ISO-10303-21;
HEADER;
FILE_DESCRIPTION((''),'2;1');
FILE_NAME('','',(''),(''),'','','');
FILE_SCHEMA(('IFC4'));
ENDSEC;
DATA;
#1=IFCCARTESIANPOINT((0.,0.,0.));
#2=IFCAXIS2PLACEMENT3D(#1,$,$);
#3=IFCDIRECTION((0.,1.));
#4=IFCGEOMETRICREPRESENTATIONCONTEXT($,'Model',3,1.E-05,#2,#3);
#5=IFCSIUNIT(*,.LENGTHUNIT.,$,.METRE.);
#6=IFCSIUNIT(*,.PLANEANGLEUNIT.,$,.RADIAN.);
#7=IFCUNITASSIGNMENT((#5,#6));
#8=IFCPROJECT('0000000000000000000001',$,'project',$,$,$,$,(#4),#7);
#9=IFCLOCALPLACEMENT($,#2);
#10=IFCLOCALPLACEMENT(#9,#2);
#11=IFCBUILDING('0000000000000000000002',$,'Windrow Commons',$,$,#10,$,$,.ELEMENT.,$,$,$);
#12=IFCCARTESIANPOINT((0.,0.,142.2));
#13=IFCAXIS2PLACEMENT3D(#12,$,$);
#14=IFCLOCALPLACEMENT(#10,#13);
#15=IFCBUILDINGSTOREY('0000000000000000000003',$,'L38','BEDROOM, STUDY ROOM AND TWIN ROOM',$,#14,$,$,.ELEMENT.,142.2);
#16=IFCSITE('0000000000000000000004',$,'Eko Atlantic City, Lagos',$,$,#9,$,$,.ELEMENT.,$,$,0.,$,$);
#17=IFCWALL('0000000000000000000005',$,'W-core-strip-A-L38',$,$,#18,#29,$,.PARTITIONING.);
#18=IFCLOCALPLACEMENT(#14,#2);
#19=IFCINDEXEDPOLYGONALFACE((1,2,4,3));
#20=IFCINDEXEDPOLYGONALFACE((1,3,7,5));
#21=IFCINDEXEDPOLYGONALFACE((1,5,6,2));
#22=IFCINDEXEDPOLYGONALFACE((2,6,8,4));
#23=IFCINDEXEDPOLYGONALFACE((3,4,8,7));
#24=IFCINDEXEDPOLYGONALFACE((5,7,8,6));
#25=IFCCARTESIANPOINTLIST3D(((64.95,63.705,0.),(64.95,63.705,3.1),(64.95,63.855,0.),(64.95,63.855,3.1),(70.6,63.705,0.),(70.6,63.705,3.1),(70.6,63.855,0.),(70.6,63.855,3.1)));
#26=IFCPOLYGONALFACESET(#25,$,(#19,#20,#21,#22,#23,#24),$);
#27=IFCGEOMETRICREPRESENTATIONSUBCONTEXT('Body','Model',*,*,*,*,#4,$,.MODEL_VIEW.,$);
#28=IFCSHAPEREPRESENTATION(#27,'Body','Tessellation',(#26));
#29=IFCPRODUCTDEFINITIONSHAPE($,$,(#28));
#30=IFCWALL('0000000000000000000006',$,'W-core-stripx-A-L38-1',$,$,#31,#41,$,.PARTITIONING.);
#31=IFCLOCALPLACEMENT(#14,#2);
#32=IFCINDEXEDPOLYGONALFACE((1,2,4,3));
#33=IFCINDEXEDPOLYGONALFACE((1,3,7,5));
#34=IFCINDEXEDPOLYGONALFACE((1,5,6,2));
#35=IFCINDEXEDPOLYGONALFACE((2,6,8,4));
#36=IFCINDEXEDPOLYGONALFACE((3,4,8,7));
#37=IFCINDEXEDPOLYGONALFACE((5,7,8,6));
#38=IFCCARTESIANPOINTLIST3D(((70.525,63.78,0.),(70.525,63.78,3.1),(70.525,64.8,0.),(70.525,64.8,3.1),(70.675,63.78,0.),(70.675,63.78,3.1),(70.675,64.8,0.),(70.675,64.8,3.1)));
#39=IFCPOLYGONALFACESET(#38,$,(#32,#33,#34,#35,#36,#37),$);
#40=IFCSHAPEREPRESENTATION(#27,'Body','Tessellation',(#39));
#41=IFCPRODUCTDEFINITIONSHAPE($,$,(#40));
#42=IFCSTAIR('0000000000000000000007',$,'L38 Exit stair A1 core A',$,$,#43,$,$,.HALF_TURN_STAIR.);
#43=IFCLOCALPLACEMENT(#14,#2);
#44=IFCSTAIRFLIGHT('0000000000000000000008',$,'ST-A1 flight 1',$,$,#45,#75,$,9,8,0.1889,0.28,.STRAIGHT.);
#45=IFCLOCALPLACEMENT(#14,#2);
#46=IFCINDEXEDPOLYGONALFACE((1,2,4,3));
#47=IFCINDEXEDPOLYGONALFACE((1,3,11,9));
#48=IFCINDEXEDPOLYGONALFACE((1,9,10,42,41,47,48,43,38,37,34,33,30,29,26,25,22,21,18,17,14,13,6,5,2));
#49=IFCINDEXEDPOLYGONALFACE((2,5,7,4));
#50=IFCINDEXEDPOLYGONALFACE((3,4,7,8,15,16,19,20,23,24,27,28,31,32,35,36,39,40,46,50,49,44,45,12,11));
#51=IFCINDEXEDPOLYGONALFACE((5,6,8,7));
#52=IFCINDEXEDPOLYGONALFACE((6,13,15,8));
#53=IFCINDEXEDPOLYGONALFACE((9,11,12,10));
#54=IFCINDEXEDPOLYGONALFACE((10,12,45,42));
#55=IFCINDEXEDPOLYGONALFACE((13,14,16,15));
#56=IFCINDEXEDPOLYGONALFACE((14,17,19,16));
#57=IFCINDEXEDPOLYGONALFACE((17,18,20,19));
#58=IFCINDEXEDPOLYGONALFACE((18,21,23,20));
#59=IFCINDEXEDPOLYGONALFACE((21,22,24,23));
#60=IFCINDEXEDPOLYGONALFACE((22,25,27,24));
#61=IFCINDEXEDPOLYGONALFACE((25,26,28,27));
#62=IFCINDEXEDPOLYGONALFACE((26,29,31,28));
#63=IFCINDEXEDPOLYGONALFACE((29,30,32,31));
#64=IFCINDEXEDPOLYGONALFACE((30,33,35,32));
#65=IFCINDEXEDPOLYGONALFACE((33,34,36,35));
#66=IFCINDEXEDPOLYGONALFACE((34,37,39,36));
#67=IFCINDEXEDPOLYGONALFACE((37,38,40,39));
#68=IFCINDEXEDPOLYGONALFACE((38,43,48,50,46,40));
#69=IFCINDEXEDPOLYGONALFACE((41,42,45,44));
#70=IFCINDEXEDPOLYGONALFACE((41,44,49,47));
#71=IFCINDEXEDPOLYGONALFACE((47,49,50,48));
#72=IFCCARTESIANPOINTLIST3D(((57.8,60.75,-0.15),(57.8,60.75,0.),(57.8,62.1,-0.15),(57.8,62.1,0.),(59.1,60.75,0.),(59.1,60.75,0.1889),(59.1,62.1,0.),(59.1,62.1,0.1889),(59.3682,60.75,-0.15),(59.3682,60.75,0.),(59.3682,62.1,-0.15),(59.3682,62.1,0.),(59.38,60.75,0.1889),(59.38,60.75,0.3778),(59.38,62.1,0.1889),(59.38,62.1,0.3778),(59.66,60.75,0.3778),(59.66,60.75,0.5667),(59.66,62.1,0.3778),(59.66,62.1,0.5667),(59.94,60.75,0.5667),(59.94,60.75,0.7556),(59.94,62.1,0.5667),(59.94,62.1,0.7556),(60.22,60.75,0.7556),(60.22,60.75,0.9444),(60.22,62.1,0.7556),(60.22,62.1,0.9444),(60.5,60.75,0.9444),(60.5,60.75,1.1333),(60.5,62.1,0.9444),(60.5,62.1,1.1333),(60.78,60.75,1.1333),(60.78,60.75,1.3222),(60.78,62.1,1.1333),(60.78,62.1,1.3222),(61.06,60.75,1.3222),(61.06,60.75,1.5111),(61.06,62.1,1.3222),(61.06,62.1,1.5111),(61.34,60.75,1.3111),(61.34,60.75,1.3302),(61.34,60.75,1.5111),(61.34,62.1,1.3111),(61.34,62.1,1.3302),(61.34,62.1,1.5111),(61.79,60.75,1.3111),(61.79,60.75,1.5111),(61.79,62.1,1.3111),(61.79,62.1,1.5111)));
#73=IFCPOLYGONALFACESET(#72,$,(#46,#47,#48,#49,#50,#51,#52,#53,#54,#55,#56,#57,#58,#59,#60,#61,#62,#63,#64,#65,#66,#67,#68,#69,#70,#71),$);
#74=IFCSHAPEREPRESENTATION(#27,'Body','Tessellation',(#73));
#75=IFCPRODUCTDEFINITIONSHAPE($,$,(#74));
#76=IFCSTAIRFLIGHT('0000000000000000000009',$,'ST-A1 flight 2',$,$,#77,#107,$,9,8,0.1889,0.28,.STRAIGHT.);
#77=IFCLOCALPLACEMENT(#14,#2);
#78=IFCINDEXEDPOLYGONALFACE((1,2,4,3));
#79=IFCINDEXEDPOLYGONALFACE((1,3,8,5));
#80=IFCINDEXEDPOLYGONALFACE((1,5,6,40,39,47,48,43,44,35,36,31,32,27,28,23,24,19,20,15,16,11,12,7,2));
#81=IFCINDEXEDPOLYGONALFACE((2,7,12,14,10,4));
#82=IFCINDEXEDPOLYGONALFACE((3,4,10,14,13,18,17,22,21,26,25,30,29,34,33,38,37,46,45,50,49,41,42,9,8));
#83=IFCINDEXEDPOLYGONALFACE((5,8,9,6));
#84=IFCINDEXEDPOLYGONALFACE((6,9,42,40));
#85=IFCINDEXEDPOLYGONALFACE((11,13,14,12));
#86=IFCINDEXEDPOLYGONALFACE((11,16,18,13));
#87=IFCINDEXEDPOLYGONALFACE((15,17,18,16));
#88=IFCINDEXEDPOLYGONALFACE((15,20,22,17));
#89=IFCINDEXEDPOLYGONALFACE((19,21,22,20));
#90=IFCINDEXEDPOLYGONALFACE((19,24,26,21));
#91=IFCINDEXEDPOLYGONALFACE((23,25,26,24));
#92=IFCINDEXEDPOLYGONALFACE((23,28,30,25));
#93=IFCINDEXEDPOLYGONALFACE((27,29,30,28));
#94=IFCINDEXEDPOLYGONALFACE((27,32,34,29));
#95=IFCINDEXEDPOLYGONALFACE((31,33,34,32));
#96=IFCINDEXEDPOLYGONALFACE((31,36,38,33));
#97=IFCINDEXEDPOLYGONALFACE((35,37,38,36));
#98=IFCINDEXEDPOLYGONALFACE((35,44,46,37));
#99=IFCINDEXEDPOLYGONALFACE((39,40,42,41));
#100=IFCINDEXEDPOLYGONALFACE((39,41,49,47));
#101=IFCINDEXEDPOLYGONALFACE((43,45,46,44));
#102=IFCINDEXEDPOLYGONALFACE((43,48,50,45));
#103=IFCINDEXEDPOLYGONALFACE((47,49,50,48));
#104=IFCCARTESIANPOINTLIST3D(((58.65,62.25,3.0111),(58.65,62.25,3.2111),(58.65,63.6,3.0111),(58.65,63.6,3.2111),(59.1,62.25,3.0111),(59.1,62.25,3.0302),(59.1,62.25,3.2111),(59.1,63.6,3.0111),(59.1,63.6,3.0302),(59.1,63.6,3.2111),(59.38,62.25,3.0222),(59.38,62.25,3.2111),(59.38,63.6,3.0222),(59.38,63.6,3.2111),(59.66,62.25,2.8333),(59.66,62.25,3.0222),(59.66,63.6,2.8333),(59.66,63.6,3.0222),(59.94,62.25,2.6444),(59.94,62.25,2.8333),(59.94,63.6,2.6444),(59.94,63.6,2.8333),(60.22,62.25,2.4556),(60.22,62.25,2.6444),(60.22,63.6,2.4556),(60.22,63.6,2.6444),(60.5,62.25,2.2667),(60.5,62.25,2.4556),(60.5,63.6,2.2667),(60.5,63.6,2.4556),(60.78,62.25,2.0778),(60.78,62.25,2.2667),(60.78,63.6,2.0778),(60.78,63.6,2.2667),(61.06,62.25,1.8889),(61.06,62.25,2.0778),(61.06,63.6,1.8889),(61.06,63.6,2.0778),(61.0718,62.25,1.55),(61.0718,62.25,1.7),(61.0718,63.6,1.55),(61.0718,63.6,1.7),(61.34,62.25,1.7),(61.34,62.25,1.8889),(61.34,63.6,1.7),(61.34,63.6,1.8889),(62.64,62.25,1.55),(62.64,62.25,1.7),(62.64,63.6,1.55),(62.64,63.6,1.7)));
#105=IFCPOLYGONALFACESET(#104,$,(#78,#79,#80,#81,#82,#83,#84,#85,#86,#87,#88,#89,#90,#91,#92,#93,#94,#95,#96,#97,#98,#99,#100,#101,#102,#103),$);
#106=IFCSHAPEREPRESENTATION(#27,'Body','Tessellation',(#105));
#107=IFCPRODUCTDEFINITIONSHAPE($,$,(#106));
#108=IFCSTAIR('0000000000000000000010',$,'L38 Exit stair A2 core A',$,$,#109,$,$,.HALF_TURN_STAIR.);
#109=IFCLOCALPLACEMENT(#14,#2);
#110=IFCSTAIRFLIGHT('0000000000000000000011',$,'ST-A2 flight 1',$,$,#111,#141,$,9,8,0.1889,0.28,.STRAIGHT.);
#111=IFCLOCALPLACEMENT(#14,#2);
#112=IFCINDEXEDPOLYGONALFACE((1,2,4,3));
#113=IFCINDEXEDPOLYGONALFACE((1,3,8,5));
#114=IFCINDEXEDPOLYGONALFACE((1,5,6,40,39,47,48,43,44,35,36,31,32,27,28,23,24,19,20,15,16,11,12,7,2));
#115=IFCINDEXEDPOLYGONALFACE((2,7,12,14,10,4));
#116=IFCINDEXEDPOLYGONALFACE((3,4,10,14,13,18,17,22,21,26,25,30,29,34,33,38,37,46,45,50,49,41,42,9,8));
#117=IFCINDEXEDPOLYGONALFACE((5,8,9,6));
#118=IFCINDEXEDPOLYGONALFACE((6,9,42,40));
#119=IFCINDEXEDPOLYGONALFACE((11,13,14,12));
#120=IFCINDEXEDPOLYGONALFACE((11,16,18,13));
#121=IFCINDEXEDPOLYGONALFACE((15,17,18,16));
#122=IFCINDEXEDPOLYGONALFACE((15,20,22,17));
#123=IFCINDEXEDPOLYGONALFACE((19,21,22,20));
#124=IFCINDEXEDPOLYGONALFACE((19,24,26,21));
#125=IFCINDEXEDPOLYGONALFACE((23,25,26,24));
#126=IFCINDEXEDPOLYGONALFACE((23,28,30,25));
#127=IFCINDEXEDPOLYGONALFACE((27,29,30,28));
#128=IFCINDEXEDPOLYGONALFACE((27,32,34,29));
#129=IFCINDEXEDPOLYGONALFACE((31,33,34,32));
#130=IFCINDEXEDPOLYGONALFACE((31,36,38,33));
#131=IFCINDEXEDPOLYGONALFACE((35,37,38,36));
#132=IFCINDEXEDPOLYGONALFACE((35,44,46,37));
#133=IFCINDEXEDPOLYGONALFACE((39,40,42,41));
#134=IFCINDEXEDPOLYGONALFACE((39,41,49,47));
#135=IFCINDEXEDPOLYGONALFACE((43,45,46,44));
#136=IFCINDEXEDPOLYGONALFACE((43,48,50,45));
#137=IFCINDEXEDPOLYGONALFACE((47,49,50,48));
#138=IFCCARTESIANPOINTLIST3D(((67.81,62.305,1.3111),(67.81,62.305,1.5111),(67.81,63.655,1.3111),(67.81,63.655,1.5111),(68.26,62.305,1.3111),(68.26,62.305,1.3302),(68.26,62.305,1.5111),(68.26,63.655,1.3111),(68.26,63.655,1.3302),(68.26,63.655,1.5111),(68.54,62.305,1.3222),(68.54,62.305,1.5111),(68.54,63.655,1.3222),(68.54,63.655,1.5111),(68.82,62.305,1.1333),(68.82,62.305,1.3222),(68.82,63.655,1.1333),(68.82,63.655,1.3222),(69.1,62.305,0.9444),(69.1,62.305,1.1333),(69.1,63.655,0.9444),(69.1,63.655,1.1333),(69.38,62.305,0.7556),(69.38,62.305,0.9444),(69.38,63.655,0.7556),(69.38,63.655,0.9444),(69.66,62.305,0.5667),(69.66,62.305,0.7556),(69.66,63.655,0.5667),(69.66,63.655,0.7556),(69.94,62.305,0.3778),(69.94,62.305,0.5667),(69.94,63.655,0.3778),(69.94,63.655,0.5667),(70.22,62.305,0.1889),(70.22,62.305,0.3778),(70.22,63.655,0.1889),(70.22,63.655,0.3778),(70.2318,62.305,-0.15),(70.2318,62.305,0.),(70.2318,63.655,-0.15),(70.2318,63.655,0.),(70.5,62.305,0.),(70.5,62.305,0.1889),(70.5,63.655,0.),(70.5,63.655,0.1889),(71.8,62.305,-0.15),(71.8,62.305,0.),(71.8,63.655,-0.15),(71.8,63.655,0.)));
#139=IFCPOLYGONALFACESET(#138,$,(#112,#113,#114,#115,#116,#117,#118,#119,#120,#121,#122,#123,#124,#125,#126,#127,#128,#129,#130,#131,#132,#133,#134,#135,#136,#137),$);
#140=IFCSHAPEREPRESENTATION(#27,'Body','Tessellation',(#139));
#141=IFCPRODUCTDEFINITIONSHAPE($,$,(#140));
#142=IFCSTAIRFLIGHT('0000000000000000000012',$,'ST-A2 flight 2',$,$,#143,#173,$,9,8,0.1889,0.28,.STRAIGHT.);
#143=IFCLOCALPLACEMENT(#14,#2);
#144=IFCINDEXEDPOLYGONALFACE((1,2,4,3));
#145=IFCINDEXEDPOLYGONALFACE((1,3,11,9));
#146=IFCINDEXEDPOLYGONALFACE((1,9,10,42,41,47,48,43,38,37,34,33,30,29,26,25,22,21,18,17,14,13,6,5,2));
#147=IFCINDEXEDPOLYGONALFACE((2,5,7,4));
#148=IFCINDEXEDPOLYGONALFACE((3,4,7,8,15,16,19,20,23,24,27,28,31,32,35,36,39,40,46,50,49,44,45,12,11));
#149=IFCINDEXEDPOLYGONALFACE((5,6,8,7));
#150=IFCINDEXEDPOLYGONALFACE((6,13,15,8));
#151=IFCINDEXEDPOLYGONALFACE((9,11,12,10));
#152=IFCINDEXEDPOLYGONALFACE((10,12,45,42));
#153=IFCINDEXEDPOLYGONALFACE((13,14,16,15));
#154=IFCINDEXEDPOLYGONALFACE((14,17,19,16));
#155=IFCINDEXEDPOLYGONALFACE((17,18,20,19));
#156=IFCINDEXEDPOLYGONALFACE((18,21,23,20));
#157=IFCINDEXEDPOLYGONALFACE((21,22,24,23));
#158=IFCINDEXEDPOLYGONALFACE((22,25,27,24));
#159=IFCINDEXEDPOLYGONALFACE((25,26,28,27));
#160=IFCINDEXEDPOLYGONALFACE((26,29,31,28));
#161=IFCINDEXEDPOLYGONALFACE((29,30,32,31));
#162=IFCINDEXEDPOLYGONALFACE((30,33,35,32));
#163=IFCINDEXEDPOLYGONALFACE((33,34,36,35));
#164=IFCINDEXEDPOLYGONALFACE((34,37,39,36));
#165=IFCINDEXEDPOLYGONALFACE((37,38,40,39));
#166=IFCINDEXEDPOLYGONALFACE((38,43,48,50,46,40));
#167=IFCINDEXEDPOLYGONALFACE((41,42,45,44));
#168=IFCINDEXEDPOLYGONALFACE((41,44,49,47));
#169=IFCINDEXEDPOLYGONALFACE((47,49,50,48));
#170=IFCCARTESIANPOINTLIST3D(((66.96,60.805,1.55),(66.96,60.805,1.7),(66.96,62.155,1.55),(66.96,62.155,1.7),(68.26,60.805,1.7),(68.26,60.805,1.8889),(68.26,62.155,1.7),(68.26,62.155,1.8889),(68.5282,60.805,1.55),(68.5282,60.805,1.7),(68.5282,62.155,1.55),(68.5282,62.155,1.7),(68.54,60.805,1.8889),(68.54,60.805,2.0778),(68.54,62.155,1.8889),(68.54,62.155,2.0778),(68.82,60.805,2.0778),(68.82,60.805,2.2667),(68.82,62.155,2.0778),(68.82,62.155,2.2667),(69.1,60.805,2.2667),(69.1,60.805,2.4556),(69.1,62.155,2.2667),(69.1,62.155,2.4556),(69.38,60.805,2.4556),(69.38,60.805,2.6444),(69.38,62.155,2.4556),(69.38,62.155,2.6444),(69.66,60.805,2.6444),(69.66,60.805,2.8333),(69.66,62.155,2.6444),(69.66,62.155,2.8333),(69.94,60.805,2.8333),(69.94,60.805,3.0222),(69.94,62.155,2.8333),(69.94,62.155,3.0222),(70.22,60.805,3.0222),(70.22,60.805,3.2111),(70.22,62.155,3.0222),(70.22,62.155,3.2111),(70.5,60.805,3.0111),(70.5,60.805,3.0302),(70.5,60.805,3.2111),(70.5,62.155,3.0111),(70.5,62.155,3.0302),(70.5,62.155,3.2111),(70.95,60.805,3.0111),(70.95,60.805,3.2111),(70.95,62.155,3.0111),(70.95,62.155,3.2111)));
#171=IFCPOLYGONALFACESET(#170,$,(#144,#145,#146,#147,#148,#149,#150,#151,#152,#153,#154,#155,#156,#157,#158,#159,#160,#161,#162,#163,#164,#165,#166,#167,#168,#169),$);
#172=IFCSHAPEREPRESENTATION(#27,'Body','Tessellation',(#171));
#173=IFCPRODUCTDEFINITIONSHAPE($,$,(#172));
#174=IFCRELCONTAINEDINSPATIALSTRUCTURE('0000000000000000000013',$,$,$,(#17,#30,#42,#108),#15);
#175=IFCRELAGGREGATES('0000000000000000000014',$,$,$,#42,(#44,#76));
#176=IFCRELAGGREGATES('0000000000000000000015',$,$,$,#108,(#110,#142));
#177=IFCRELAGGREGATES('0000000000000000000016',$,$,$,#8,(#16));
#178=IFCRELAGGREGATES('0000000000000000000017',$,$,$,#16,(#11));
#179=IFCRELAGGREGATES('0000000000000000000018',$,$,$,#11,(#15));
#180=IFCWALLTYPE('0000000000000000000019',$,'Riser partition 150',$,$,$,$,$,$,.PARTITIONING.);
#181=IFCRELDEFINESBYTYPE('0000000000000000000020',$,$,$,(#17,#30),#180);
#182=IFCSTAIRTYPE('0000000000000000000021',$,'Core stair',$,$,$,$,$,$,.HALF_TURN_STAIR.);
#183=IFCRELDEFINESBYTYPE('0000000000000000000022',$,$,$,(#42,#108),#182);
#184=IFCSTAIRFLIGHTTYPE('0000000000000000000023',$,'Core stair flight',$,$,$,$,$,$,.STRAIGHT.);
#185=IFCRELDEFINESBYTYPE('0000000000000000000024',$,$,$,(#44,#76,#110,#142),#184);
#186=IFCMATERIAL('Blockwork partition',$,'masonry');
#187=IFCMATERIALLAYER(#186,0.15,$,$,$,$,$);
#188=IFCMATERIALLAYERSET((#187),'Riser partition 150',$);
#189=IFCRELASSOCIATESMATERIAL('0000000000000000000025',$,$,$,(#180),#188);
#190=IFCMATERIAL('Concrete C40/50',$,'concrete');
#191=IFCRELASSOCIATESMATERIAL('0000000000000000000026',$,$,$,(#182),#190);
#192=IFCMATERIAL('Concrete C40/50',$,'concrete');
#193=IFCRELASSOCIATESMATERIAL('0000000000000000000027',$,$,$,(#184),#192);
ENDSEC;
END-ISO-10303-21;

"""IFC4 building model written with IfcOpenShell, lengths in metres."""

from ifc_helpers import new_model, si_unit, direction, frame, frame_2d, origin, place, context, subcontext, project, spatial, polyline, rectangle, outline, extrude, material, layer, layer_set, type_object, element, aggregate, save


model = new_model("IFC4")

# Units and contexts
model_context = context("Model", 3, precision=1e-05, world=origin(), true_north=direction((0.0, 1.0)))
body_context = subcontext(model_context, "Body", "Model", "MODEL_VIEW")
ifc_project = project(units=[si_unit("LENGTHUNIT", "METRE"), si_unit("PLANEANGLEUNIT", "RADIAN")], contexts=[model_context])

# Site, building, storey
site_placement = place(None, origin())
site = spatial("IfcSite", under=ifc_project, at=site_placement, Name="Eko Atlantic City, Lagos", CompositionType="ELEMENT", RefElevation=0.0)
building_placement = place(site_placement, origin())
building = spatial("IfcBuilding", under=site, at=building_placement, Name="Windrow Commons", CompositionType="ELEMENT")
storey_placement = place(building_placement, frame((0.0, 0.0, 142.2)))
storey = spatial("IfcBuildingStorey", under=building, at=storey_placement, Name="L38", Description="BEDROOM, STUDY ROOM AND TWIN ROOM", CompositionType="ELEMENT", Elevation=142.2)

# Walls
ifc_material_1 = material(Name="Blockwork partition", Category="masonry")
ifc_layer_1 = layer(ifc_material_1, 0.15)
ifc_layer_set_1 = layer_set([ifc_layer_1], Name="Riser partition 150")
wall_type_1 = type_object("IfcWallType", Name="Riser partition 150", PredefinedType="PARTITIONING", material=ifc_layer_set_1)
wall_1_placement = place(storey_placement, frame((64.95, 63.78, 0.0), z_axis=(0.0, 0.0, 1.0), x_axis=(1.0, 0.0, 0.0)))
element("IfcWall", 1, at=wall_1_placement, inside=storey, type_object=wall_type_1, Name="W-core-strip-A-L38", PredefinedType="PARTITIONING", context=body_context, shape_type="SweptSolid", body=[
    extrude(rectangle(XDim=5.65, YDim=0.15, at=frame_2d((2.825, 0.0))), origin(), (0.0, 0.0, 1.0), 3.1),
])
wall_2_placement = place(storey_placement, frame((70.6, 63.78, 0.0), z_axis=(0.0, 0.0, 1.0), x_axis=(0.0, 1.0, 0.0)))
element("IfcWall", 2, at=wall_2_placement, inside=storey, type_object=wall_type_1, Name="W-core-stripx-A-L38-1", PredefinedType="PARTITIONING", context=body_context, shape_type="SweptSolid", body=[
    extrude(rectangle(XDim=1.02, YDim=0.15, at=frame_2d((0.51, 0.0))), origin(), (0.0, 0.0, 1.0), 3.1),
])

# Stairs, stair flights
ifc_material_2 = material(Name="Concrete C40/50", Category="concrete")
stair_type = type_object("IfcStairType", Name="Core stair", PredefinedType="HALF_TURN_STAIR", material=ifc_material_2)
placement = place(storey_placement, origin())
stair_1 = element("IfcStair", 3, at=placement, inside=storey, type_object=stair_type, Name="L38 Exit stair A1 core A", PredefinedType="HALF_TURN_STAIR")
ifc_material_3 = material(Name="Concrete C40/50", Category="concrete")
stair_flight_type = type_object("IfcStairFlightType", Name="Core stair flight", PredefinedType="STRAIGHT", material=ifc_material_3)
stair_flight_1_placement = place(storey_placement, frame((59.1, 61.425, 0.0), z_axis=(0.0, 0.0, 1.0), x_axis=(1.0, 0.0, 0.0)))
stair_flight_1 = element("IfcStairFlight", 4, at=stair_flight_1_placement, type_object=stair_flight_type, Name="ST-A1 flight 1", NumberOfRisers=9, NumberOfTreads=8, PredefinedType="STRAIGHT", RiserHeight=0.1889, TreadLength=0.28, context=body_context, shape_type="SweptSolid", body=[
    extrude(outline(polyline([(-1.3, -0.15), (-1.3, 0.0), (0.0, 0.0), (0.0, 0.1889), (0.28, 0.1889), (0.28, 0.3778), (0.56, 0.3778), (0.56, 0.5667), (0.84, 0.5667), (0.84, 0.7556), (1.12, 0.7556), (1.12, 0.9444), (1.4, 0.9444), (1.4, 1.1333), (1.68, 1.1333), (1.68, 1.3222), (1.96, 1.3222), (1.96, 1.5111), (2.24, 1.5111), (2.69, 1.5111), (2.69, 1.3111), (2.24, 1.3111), (2.24, 1.3302), (0.2682, 0.0), (0.2682, -0.15), (-1.3, -0.15)])), frame((0.0, 0.675, 0.0), z_axis=(0.0, -1.0, 0.0), x_axis=(1.0, 0.0, 0.0)), (0.0, 0.0, 1.0), 1.35),
])
stair_flight_2_placement = place(storey_placement, frame((61.34, 62.925, 1.7), z_axis=(0.0, 0.0, 1.0), x_axis=(-1.0, 0.0, 0.0)))
stair_flight_2 = element("IfcStairFlight", 5, at=stair_flight_2_placement, type_object=stair_flight_type, Name="ST-A1 flight 2", NumberOfRisers=9, NumberOfTreads=8, PredefinedType="STRAIGHT", RiserHeight=0.1889, TreadLength=0.28, context=body_context, shape_type="SweptSolid", body=[
    extrude(outline(polyline([(-1.3, -0.15), (-1.3, 0.0), (0.0, 0.0), (0.0, 0.1889), (0.28, 0.1889), (0.28, 0.3778), (0.56, 0.3778), (0.56, 0.5667), (0.84, 0.5667), (0.84, 0.7556), (1.12, 0.7556), (1.12, 0.9444), (1.4, 0.9444), (1.4, 1.1333), (1.68, 1.1333), (1.68, 1.3222), (1.96, 1.3222), (1.96, 1.5111), (2.24, 1.5111), (2.69, 1.5111), (2.69, 1.3111), (2.24, 1.3111), (2.24, 1.3302), (0.2682, 0.0), (0.2682, -0.15), (-1.3, -0.15)])), frame((0.0, 0.675, 0.0), z_axis=(0.0, -1.0, 0.0), x_axis=(1.0, 0.0, 0.0)), (0.0, 0.0, 1.0), 1.35),
])
aggregate(stair_1, [stair_flight_1, stair_flight_2])
stair_2 = element("IfcStair", 6, at=placement, inside=storey, type_object=stair_type, Name="L38 Exit stair A2 core A", PredefinedType="HALF_TURN_STAIR")
stair_flight_3_placement = place(storey_placement, frame((70.5, 62.98, 0.0), z_axis=(0.0, 0.0, 1.0), x_axis=(-1.0, 0.0, 0.0)))
stair_flight_3 = element("IfcStairFlight", 7, at=stair_flight_3_placement, type_object=stair_flight_type, Name="ST-A2 flight 1", NumberOfRisers=9, NumberOfTreads=8, PredefinedType="STRAIGHT", RiserHeight=0.1889, TreadLength=0.28, context=body_context, shape_type="SweptSolid", body=[
    extrude(outline(polyline([(-1.3, -0.15), (-1.3, 0.0), (0.0, 0.0), (0.0, 0.1889), (0.28, 0.1889), (0.28, 0.3778), (0.56, 0.3778), (0.56, 0.5667), (0.84, 0.5667), (0.84, 0.7556), (1.12, 0.7556), (1.12, 0.9444), (1.4, 0.9444), (1.4, 1.1333), (1.68, 1.1333), (1.68, 1.3222), (1.96, 1.3222), (1.96, 1.5111), (2.24, 1.5111), (2.69, 1.5111), (2.69, 1.3111), (2.24, 1.3111), (2.24, 1.3302), (0.2682, 0.0), (0.2682, -0.15), (-1.3, -0.15)])), frame((0.0, 0.675, 0.0), z_axis=(0.0, -1.0, 0.0), x_axis=(1.0, 0.0, 0.0)), (0.0, 0.0, 1.0), 1.35),
])
stair_flight_4_placement = place(storey_placement, frame((68.26, 61.48, 1.7), z_axis=(0.0, 0.0, 1.0), x_axis=(1.0, 0.0, 0.0)))
stair_flight_4 = element("IfcStairFlight", 8, at=stair_flight_4_placement, type_object=stair_flight_type, Name="ST-A2 flight 2", NumberOfRisers=9, NumberOfTreads=8, PredefinedType="STRAIGHT", RiserHeight=0.1889, TreadLength=0.28, context=body_context, shape_type="SweptSolid", body=[
    extrude(outline(polyline([(-1.3, -0.15), (-1.3, 0.0), (0.0, 0.0), (0.0, 0.1889), (0.28, 0.1889), (0.28, 0.3778), (0.56, 0.3778), (0.56, 0.5667), (0.84, 0.5667), (0.84, 0.7556), (1.12, 0.7556), (1.12, 0.9444), (1.4, 0.9444), (1.4, 1.1333), (1.68, 1.1333), (1.68, 1.3222), (1.96, 1.3222), (1.96, 1.5111), (2.24, 1.5111), (2.69, 1.5111), (2.69, 1.3111), (2.24, 1.3111), (2.24, 1.3302), (0.2682, 0.0), (0.2682, -0.15), (-1.3, -0.15)])), frame((0.0, 0.675, 0.0), z_axis=(0.0, -1.0, 0.0), x_axis=(1.0, 0.0, 0.0)), (0.0, 0.0, 1.0), 1.35),
])
aggregate(stair_2, [stair_flight_3, stair_flight_4])

save(model, "model.ifc")
